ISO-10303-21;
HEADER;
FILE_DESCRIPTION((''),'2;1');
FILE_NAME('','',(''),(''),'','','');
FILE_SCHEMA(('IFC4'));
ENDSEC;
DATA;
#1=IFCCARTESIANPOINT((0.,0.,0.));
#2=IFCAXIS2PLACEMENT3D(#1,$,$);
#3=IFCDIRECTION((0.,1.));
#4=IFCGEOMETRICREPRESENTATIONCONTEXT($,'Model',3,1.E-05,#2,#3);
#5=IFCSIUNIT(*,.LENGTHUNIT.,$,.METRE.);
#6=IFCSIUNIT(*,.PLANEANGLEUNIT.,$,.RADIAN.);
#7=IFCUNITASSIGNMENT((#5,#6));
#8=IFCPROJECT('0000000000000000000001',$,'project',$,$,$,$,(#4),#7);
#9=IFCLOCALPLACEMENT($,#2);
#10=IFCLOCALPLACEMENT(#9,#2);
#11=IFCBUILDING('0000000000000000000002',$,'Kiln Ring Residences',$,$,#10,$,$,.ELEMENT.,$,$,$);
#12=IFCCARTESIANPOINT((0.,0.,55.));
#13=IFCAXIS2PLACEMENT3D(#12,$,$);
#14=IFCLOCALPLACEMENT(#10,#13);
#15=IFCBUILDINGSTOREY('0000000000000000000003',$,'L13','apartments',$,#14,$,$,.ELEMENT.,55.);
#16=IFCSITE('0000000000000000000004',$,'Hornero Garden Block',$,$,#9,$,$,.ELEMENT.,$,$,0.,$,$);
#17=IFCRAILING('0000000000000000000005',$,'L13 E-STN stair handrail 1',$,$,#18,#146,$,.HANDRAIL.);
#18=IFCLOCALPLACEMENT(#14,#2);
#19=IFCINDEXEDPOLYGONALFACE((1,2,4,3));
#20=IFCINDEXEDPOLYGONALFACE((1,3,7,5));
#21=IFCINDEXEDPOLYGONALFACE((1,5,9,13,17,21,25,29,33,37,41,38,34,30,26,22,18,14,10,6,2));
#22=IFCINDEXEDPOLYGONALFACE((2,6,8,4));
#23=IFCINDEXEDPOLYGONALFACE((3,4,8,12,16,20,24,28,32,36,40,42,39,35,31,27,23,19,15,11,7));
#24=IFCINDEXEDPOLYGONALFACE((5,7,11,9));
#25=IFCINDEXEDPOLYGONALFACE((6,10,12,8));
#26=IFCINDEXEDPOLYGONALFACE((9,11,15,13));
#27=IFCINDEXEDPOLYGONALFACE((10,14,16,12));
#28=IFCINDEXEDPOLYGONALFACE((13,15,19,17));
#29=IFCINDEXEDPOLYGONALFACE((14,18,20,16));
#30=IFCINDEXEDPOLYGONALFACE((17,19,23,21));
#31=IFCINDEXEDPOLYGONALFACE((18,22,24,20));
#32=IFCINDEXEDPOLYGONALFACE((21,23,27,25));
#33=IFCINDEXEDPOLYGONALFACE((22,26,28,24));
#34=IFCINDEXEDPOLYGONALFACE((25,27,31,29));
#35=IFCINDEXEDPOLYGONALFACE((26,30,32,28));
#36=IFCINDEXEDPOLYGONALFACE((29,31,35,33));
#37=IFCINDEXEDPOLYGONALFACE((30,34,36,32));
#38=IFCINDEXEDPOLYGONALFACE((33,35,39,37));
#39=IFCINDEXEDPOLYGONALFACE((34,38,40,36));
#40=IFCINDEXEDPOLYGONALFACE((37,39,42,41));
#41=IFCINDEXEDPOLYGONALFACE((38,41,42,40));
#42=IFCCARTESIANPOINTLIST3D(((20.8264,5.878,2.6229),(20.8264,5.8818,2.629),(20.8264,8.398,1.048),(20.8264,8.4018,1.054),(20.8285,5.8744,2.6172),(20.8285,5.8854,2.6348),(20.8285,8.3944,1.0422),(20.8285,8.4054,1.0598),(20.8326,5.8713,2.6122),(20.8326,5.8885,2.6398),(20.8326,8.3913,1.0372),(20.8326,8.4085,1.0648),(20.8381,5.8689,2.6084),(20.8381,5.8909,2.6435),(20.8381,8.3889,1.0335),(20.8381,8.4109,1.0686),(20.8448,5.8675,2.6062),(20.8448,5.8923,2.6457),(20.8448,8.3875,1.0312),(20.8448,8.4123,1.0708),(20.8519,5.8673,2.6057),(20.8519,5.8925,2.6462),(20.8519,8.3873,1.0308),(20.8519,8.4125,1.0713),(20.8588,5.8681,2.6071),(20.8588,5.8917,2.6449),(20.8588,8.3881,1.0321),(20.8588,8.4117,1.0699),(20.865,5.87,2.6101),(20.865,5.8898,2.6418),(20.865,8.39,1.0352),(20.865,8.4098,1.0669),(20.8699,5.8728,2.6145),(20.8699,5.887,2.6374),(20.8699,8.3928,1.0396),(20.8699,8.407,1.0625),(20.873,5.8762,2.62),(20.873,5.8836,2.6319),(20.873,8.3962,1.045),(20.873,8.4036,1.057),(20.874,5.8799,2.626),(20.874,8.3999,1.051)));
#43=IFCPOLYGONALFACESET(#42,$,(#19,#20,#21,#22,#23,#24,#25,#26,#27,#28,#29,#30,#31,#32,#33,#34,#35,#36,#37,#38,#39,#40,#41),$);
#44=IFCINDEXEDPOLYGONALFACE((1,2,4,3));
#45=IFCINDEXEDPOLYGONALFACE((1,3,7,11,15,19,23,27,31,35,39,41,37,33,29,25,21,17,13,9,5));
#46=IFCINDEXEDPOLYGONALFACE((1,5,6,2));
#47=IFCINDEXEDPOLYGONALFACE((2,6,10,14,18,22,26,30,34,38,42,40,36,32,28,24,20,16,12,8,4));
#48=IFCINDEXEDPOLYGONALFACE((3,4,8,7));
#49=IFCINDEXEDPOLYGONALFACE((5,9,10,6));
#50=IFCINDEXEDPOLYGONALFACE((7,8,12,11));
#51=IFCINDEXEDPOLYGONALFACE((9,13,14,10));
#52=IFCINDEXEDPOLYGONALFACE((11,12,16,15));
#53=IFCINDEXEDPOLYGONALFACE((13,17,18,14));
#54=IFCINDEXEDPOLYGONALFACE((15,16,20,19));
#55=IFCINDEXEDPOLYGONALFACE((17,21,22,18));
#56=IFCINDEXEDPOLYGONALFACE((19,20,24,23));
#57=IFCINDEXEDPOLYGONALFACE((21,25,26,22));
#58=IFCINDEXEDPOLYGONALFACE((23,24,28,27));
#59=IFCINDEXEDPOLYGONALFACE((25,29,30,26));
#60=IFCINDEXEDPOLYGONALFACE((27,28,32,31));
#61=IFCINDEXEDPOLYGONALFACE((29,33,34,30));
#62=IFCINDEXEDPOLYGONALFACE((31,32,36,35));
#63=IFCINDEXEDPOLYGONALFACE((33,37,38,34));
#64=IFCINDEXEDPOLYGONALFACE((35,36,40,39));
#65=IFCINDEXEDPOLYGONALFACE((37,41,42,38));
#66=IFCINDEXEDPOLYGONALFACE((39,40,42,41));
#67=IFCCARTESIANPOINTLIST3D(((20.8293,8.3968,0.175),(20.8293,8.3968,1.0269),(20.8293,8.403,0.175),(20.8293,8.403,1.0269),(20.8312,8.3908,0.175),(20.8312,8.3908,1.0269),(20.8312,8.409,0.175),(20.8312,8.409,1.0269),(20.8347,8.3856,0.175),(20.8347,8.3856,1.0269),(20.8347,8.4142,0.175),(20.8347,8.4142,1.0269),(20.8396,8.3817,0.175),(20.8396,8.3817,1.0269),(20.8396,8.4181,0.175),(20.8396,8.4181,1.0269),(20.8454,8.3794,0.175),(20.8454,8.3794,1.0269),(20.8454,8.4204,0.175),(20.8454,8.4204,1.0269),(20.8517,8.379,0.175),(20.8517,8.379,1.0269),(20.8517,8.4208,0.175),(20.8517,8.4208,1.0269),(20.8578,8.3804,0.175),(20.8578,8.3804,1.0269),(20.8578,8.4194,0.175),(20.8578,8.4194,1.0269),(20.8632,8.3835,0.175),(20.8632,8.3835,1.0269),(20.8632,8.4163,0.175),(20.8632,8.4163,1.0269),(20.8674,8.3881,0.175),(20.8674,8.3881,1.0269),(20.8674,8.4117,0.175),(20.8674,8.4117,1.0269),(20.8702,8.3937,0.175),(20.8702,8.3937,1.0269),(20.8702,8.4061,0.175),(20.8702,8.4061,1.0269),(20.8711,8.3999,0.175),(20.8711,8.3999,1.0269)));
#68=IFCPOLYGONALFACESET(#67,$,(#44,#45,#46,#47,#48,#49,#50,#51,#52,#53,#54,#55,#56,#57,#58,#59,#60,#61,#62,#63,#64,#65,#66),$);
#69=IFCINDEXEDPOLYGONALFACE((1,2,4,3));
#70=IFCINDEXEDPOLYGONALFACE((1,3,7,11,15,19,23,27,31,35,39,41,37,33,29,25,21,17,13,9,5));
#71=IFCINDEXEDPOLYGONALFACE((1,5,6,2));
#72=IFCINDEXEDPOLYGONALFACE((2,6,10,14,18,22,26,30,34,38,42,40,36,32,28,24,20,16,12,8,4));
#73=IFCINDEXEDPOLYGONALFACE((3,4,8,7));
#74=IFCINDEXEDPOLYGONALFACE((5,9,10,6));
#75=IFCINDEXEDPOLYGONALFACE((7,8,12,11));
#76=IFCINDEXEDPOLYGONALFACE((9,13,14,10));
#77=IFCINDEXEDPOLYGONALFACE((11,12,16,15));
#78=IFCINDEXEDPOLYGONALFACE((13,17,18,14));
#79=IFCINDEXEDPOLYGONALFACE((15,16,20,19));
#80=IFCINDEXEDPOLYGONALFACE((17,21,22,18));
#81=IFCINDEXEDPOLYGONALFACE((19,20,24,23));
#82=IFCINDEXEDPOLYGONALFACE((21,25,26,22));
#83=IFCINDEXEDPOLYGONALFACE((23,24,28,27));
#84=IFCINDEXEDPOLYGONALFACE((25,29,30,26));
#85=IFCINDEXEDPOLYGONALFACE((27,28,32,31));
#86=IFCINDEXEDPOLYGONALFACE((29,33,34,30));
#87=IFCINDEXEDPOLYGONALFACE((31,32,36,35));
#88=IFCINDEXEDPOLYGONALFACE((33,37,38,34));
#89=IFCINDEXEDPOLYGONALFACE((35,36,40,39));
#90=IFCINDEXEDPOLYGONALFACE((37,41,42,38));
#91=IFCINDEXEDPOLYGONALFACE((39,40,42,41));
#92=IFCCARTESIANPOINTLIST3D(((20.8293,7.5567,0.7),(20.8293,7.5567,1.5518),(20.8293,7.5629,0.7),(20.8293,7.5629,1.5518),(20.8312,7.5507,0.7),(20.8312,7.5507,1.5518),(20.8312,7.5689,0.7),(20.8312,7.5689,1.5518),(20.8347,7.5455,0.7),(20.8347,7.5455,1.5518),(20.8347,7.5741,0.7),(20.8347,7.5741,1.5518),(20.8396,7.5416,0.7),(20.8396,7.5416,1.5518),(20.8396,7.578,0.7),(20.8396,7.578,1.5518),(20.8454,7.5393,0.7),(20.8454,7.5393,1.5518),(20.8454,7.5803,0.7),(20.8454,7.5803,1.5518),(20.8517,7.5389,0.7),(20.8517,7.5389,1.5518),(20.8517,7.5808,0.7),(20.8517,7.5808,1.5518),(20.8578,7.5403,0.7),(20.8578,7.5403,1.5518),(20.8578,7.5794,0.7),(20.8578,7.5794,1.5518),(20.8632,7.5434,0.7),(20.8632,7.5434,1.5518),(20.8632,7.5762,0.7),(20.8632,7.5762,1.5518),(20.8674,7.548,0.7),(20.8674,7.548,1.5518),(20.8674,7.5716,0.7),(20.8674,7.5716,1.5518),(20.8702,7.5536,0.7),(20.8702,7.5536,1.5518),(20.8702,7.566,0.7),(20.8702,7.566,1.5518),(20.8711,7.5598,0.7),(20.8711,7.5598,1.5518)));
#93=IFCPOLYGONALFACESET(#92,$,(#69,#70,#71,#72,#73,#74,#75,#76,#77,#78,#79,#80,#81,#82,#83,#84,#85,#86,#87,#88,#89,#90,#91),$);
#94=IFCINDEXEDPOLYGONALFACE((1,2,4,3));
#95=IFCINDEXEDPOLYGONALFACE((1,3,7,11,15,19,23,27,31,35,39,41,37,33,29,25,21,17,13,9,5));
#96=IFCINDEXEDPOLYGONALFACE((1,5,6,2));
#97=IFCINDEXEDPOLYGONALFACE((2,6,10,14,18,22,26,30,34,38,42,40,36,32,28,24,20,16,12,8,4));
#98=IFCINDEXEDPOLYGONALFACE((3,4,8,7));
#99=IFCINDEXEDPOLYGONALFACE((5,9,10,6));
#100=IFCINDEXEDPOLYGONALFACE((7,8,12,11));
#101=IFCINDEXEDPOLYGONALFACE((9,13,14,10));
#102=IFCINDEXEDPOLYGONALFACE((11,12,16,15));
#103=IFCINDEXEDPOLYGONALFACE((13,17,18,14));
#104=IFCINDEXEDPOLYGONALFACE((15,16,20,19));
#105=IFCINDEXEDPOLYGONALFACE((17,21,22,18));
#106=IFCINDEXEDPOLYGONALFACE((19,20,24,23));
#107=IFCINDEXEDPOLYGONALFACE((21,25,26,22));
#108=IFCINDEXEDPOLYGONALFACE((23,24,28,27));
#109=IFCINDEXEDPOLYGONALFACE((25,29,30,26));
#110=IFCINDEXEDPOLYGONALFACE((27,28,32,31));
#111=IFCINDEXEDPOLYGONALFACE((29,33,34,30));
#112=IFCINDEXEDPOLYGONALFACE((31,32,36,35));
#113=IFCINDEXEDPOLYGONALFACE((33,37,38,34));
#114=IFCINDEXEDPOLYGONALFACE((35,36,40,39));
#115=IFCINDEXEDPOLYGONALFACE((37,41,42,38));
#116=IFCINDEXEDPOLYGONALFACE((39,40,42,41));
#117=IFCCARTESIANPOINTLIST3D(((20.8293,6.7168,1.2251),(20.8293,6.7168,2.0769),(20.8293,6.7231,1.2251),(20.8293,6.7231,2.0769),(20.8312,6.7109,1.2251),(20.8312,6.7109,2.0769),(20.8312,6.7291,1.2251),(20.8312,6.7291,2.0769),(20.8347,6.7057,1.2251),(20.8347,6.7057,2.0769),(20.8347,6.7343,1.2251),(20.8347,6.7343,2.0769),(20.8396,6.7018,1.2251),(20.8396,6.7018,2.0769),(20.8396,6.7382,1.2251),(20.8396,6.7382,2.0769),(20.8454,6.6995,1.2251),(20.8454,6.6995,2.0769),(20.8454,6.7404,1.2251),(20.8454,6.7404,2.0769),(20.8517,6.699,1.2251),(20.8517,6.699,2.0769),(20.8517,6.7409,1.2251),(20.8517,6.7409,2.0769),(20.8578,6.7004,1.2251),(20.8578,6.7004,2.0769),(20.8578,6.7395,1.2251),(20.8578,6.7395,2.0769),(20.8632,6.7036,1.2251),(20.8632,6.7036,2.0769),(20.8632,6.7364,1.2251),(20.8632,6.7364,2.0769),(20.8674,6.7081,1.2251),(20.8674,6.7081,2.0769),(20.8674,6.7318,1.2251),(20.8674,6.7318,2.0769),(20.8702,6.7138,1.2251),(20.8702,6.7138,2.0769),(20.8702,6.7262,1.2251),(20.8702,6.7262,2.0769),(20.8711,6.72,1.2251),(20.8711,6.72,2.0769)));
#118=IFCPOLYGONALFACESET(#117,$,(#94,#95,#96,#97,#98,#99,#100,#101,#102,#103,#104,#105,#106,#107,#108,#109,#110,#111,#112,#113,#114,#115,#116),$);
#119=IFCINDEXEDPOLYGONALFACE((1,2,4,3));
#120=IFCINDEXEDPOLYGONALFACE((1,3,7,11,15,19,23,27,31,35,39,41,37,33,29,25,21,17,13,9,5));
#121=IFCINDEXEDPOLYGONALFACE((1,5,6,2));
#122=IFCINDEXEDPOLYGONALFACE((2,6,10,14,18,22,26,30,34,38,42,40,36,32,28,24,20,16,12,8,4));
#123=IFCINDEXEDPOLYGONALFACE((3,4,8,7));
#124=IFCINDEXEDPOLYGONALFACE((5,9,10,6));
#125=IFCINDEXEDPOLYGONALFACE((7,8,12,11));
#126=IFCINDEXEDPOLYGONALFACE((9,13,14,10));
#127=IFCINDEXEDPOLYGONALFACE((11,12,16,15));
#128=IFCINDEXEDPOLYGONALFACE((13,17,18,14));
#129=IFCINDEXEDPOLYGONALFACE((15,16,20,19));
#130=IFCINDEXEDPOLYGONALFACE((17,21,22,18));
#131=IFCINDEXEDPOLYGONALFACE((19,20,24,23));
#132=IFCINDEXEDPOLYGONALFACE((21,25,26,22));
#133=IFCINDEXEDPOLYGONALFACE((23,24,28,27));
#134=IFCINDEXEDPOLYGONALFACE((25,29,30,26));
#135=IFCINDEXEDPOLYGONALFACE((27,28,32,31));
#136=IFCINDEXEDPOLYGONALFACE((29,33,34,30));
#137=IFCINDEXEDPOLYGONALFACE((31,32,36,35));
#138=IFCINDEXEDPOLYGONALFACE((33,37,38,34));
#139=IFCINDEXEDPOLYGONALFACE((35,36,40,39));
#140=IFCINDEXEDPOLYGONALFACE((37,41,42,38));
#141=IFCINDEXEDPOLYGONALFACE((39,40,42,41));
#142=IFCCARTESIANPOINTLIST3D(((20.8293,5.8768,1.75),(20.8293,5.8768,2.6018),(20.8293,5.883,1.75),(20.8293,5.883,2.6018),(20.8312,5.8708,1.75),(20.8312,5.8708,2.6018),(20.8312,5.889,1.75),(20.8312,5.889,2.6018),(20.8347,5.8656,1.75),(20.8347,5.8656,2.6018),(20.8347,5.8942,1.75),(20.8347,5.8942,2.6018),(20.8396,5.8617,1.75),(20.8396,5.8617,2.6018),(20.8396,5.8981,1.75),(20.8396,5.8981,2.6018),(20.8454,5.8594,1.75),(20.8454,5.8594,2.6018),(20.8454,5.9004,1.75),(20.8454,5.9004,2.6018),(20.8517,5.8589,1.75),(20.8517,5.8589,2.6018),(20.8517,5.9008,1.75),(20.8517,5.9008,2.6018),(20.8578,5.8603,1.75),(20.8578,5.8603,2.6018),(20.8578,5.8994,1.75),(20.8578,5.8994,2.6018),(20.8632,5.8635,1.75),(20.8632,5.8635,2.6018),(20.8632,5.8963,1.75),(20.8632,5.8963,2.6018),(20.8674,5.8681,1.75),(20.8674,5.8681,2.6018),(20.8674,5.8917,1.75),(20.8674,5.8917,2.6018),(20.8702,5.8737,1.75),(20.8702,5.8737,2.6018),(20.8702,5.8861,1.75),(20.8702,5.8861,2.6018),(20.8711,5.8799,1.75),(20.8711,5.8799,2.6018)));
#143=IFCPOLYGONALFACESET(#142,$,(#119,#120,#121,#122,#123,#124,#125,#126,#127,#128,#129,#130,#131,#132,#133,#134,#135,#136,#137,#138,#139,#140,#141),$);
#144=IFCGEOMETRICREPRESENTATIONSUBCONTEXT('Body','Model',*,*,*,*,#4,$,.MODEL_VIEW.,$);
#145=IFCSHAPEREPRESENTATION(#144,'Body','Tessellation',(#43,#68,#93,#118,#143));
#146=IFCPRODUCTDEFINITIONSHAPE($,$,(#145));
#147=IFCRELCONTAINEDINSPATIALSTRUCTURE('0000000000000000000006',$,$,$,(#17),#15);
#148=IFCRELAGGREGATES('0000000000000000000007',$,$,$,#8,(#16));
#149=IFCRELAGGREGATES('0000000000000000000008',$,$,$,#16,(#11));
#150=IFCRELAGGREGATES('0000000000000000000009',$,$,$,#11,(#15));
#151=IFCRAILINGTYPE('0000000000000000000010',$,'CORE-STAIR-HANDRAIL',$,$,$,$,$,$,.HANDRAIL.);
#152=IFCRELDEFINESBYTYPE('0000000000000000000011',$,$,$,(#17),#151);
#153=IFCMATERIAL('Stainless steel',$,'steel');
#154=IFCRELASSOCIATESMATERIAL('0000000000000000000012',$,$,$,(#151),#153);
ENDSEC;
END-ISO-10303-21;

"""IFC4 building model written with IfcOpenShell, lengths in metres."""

from ifc_helpers import new_model, si_unit, direction, frame, origin, origin_2d, place, context, subcontext, project, spatial, circle, extrude, material, type_object, element, save


model = new_model("IFC4")

# Units and contexts
model_context = context("Model", 3, precision=1e-05, world=origin(), true_north=direction((0.0, 1.0)))
body_context = subcontext(model_context, "Body", "Model", "MODEL_VIEW")
ifc_project = project(units=[si_unit("LENGTHUNIT", "METRE"), si_unit("PLANEANGLEUNIT", "RADIAN")], contexts=[model_context])

# Site, building, storey
site_placement = place(None, origin())
site = spatial("IfcSite", under=ifc_project, at=site_placement, Name="Hornero Garden Block", CompositionType="ELEMENT", RefElevation=0.0)
building_placement = place(site_placement, origin())
building = spatial("IfcBuilding", under=site, at=building_placement, Name="Kiln Ring Residences", CompositionType="ELEMENT")
storey_placement = place(building_placement, frame((0.0, 0.0, 55.0)))
storey = spatial("IfcBuildingStorey", under=building, at=storey_placement, Name="L13", Description="apartments", CompositionType="ELEMENT", Elevation=55.0)

# Railing
ifc_material_1 = material(Name="Stainless steel", Category="steel")
railing_type_1 = type_object("IfcRailingType", Name="CORE-STAIR-HANDRAIL", PredefinedType="HANDRAIL", material=ifc_material_1)
railing_1_placement = place(storey_placement, frame((20.8501, 8.3999, 0.175)))
element("IfcRailing", 1, at=railing_1_placement, inside=storey, type_object=railing_type_1, Name="L13 E-STN stair handrail 1", PredefinedType="HANDRAIL", context=body_context, shape_type="SweptSolid", body=[
    extrude(circle(Radius=0.0239, at=origin_2d()), frame((0.0, 0.0, 0.876), z_axis=(0.0, -0.848008, 0.529984), x_axis=(1.0, 0.0, 0.0)), (0.0, 0.0, 1.0), 2.9717),
    extrude(circle(Radius=0.021, at=origin_2d()), origin(), (0.0, 0.0, 1.0), 0.8518),
    extrude(circle(Radius=0.021, at=origin_2d()), frame((0.0, -0.8401, 0.5249)), (0.0, 0.0, 1.0), 0.8518),
    extrude(circle(Radius=0.021, at=origin_2d()), frame((0.0, -1.6799, 1.05)), (0.0, 0.0, 1.0), 0.8518),
    extrude(circle(Radius=0.021, at=origin_2d()), frame((0.0, -2.52, 1.575)), (0.0, 0.0, 1.0), 0.8518),
])

save(model, "model.ifc")
